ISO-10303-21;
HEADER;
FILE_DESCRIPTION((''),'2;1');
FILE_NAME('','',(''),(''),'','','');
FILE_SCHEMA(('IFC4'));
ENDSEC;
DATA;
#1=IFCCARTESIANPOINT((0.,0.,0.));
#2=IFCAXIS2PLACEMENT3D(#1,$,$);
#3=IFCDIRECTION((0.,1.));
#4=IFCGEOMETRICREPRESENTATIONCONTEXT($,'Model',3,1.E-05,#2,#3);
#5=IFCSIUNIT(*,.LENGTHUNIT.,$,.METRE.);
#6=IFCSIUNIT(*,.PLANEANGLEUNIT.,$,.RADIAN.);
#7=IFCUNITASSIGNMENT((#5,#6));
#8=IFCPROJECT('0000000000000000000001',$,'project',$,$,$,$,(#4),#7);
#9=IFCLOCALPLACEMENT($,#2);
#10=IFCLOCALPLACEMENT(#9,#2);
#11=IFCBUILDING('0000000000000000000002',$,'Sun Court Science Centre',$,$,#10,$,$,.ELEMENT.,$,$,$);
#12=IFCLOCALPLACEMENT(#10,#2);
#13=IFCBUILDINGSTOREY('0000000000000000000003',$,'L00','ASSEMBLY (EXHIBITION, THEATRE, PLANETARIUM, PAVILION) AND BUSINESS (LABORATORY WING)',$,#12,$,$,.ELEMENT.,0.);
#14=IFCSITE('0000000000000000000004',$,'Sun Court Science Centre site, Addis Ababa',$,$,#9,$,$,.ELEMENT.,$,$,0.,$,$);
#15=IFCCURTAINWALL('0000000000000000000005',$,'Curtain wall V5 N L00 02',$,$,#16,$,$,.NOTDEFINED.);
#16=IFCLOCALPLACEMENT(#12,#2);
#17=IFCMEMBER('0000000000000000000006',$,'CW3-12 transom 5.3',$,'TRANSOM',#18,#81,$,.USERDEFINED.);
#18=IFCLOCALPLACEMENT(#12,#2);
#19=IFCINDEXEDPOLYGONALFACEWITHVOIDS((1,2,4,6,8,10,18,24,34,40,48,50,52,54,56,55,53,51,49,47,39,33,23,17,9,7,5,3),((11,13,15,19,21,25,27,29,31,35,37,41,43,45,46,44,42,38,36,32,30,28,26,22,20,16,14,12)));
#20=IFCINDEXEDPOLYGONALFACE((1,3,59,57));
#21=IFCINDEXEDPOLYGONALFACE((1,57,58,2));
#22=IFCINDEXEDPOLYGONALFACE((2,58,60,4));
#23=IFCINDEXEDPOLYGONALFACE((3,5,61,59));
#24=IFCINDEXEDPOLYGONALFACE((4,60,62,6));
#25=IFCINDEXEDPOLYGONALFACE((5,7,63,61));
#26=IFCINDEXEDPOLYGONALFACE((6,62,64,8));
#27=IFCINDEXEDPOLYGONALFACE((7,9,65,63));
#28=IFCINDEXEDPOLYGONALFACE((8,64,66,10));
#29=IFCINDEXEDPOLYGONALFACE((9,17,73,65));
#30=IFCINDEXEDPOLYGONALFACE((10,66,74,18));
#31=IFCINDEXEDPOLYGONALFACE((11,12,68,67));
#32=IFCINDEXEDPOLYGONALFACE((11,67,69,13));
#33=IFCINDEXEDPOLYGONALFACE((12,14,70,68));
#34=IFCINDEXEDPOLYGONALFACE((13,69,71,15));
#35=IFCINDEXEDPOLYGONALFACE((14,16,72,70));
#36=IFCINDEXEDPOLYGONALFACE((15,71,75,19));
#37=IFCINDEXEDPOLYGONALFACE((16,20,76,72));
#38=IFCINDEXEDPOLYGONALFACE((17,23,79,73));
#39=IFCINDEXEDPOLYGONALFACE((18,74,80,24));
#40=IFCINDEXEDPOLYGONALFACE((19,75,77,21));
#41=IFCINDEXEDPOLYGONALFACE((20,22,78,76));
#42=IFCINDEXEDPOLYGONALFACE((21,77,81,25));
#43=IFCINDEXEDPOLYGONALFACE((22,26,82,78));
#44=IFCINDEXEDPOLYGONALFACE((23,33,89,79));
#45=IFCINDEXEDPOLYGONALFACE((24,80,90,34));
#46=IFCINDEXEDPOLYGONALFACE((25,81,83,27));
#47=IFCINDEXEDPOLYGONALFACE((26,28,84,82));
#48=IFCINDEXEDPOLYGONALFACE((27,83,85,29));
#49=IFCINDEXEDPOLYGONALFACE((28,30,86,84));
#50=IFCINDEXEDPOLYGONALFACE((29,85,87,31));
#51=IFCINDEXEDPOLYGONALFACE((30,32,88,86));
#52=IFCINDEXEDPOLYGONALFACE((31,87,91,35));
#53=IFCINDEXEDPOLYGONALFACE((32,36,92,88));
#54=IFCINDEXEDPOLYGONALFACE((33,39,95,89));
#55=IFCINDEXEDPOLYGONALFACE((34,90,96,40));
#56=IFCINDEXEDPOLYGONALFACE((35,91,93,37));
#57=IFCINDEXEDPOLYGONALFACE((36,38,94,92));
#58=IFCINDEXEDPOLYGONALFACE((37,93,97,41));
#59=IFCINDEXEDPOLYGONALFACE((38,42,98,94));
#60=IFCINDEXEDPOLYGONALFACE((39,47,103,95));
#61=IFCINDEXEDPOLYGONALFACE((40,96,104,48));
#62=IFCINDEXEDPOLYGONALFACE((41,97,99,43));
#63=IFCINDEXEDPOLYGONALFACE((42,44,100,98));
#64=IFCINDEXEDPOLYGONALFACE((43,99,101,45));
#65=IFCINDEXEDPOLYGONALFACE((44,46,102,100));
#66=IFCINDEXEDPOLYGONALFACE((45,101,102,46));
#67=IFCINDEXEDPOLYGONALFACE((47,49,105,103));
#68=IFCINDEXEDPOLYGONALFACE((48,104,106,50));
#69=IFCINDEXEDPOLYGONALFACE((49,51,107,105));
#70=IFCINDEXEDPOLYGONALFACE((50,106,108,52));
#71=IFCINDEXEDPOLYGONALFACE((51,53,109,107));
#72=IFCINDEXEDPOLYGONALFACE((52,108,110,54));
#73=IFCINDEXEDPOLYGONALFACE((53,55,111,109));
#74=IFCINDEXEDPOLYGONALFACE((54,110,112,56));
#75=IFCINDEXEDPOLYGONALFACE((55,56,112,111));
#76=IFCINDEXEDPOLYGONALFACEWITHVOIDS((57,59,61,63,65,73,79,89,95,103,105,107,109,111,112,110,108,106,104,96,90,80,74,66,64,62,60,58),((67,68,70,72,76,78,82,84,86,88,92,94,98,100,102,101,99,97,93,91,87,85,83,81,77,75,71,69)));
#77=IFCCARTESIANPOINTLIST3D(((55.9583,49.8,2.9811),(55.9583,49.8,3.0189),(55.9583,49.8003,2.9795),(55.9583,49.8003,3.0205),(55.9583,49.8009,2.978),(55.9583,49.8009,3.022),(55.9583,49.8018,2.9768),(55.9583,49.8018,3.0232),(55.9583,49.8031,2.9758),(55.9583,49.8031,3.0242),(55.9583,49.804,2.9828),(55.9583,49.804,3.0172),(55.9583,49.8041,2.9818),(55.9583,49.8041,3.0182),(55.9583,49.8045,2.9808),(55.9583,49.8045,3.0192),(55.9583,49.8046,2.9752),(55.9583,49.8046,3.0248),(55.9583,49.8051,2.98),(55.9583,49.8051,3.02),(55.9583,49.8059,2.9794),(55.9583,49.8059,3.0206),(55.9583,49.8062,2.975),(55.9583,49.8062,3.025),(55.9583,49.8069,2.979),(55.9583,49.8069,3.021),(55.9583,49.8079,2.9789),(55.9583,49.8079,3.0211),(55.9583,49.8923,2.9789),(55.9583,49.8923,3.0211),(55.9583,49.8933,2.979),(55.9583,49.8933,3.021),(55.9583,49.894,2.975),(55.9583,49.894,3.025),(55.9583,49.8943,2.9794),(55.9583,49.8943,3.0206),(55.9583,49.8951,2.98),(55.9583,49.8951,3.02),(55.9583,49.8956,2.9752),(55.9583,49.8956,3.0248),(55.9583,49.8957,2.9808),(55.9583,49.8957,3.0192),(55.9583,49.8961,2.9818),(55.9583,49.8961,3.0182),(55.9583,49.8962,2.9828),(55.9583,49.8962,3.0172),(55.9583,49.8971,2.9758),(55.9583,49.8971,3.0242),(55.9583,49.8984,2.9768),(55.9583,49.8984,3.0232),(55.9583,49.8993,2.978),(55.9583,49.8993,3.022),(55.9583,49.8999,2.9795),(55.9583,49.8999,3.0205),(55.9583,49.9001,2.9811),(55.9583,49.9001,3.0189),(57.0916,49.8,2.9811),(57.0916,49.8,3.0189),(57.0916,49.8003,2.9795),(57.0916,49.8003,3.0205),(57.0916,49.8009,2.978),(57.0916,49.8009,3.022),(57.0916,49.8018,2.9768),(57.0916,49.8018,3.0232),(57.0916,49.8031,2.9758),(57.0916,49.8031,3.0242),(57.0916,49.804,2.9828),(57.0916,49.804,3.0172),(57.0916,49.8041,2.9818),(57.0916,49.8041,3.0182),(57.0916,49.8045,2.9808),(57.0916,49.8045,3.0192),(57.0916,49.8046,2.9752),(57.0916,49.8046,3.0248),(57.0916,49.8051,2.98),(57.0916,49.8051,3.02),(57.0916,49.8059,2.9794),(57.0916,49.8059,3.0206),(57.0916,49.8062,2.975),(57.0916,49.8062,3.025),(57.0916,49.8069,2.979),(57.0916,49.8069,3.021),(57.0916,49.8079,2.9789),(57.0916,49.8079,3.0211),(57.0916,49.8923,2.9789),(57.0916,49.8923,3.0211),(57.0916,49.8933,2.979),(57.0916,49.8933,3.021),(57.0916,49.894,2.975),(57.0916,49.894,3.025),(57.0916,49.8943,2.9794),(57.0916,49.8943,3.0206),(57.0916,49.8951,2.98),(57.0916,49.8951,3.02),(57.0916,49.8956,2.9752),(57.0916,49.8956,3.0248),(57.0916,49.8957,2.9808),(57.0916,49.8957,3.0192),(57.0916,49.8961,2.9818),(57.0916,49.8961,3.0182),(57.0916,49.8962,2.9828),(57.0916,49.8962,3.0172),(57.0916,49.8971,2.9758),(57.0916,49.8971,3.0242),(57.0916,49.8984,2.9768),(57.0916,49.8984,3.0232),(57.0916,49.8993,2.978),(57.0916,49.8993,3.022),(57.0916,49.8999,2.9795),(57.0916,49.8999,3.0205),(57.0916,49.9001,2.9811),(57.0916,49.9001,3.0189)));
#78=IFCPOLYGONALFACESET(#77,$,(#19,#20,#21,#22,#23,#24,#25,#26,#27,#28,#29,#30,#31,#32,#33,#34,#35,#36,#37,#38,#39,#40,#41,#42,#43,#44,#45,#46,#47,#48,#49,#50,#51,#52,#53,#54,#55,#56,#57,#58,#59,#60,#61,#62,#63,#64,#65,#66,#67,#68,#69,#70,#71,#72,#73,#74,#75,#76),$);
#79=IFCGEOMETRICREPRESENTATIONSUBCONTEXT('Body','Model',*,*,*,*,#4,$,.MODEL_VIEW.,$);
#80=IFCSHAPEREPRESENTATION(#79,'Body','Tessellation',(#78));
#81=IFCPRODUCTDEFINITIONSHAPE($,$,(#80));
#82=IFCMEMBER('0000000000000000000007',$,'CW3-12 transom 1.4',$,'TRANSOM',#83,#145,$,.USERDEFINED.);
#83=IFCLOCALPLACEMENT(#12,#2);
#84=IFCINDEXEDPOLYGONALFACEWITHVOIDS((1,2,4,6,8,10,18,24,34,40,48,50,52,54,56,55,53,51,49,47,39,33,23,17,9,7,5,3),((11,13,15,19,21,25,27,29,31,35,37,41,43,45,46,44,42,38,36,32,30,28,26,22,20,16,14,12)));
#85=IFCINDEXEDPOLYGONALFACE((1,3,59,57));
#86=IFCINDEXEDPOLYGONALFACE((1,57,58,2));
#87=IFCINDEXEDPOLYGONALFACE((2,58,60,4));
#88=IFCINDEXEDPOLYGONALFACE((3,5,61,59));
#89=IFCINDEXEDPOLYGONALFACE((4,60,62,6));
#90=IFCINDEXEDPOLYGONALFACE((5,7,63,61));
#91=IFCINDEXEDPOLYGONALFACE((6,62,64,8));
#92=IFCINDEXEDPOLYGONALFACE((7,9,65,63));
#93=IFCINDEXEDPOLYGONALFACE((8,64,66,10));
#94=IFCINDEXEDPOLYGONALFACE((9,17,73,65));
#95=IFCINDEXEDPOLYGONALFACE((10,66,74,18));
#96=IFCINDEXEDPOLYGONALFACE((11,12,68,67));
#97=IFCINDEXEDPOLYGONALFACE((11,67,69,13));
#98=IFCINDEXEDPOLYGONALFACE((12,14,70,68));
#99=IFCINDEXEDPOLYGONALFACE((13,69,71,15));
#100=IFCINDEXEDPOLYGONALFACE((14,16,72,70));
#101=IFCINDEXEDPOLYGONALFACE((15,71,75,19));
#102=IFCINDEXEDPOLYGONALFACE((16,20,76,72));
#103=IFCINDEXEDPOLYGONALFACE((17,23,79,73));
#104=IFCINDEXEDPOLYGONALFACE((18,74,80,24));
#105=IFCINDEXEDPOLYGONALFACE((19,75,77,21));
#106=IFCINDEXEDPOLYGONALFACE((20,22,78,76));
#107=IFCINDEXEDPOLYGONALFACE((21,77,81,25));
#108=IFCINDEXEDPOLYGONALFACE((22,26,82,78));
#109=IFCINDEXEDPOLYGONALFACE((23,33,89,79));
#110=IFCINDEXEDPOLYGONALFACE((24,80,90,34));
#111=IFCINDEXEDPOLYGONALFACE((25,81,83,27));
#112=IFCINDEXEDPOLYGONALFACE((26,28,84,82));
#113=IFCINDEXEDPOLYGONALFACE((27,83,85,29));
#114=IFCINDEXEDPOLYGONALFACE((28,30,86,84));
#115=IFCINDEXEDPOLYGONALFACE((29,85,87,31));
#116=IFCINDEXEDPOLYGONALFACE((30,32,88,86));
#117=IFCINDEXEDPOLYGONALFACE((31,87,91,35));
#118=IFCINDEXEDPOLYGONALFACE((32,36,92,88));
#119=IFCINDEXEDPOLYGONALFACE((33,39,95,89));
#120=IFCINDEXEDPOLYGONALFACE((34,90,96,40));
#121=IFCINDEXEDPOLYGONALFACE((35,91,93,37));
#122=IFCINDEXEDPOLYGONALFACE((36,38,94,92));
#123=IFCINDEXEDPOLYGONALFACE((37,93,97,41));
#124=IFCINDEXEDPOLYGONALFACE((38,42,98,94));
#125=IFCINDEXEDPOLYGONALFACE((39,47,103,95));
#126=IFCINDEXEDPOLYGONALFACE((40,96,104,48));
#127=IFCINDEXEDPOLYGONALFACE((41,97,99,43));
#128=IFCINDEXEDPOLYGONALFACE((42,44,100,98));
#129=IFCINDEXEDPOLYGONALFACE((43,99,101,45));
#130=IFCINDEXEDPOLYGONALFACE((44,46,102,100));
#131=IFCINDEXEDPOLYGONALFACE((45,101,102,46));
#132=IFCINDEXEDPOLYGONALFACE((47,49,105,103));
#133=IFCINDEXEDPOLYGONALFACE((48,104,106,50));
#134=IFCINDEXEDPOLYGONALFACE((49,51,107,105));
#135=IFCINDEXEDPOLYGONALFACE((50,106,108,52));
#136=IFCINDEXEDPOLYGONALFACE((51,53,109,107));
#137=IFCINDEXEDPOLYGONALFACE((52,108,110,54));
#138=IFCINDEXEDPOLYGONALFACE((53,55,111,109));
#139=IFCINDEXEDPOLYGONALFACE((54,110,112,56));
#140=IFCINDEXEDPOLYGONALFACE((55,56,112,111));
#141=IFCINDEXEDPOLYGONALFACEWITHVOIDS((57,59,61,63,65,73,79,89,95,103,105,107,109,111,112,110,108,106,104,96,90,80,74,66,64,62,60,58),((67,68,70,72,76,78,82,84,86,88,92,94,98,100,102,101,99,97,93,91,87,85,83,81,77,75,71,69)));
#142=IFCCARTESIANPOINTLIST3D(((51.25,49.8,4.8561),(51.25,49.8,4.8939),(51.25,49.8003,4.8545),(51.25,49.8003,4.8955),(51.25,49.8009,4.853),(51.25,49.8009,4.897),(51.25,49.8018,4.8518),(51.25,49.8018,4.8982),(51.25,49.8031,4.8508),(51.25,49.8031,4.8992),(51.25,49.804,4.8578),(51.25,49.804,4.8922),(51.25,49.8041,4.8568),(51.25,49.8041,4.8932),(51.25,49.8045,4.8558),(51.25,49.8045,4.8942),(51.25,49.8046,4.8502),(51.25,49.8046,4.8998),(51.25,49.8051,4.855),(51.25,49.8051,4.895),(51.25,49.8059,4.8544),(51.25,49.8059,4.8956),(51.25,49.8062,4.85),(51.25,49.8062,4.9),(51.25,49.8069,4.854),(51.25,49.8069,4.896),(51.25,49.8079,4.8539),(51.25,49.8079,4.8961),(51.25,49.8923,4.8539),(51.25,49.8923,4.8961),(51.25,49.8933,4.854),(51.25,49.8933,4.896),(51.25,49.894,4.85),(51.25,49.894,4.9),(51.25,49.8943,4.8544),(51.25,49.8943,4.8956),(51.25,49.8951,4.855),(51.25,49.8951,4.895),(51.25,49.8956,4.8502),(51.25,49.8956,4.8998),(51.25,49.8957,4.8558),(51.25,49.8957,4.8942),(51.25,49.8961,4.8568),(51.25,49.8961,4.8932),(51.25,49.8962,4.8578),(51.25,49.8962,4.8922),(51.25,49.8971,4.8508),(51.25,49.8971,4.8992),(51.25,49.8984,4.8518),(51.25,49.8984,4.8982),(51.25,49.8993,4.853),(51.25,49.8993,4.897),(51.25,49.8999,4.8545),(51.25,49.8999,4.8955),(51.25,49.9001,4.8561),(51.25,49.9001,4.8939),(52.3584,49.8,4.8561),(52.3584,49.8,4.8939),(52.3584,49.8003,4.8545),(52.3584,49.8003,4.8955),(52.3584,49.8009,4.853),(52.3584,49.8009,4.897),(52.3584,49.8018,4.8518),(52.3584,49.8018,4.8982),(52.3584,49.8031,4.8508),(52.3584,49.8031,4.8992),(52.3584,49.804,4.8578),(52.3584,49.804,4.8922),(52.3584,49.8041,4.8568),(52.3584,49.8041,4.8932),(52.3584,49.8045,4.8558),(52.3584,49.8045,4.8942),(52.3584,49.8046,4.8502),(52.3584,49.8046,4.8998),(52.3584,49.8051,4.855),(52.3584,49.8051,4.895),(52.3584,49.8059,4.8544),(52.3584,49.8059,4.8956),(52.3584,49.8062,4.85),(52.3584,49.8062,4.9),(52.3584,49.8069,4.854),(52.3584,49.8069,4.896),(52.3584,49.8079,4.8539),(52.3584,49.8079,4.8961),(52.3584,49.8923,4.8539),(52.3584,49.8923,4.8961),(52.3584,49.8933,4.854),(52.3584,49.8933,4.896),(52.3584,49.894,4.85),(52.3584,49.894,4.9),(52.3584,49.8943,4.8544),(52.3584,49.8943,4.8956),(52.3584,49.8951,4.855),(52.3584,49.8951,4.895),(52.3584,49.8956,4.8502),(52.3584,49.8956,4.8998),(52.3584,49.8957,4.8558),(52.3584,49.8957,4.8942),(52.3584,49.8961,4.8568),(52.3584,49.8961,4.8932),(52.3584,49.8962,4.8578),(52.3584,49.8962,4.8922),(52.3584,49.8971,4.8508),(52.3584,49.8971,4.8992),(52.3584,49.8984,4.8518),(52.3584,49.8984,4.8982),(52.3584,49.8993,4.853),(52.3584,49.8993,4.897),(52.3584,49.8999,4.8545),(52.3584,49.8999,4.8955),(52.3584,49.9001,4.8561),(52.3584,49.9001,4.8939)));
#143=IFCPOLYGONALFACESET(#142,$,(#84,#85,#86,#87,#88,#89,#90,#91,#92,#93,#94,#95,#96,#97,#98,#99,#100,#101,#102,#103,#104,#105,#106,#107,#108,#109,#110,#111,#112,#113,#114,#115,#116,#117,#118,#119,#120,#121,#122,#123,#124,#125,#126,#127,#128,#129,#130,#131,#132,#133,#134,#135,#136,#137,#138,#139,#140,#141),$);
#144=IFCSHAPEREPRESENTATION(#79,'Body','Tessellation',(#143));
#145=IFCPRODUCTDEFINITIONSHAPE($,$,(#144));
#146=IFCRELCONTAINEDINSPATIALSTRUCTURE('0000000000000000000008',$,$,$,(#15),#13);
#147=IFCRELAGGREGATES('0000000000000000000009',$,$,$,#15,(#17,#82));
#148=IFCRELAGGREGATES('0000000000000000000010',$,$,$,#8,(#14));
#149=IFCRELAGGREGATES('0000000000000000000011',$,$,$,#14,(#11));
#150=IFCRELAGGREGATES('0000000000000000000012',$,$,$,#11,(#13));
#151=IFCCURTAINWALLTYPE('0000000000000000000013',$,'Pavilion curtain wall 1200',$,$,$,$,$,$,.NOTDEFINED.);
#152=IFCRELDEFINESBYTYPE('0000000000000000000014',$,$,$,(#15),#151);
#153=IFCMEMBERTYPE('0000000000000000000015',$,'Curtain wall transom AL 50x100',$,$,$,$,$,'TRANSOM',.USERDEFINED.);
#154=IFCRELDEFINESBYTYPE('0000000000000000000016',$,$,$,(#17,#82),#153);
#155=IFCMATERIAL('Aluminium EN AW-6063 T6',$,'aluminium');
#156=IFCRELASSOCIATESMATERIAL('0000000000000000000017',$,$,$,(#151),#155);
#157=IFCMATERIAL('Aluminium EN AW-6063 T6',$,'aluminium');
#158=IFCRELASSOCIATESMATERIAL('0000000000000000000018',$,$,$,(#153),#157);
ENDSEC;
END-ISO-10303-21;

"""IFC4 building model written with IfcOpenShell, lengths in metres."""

from ifc_helpers import new_model, si_unit, direction, frame, origin, origin_2d, place, context, subcontext, project, spatial, hollow_rectangle, extrude, material, material_profile, profile_set, type_object, element, aggregate, save


model = new_model("IFC4")

# Units and contexts
model_context = context("Model", 3, precision=1e-05, world=origin(), true_north=direction((0.0, 1.0)))
body_context = subcontext(model_context, "Body", "Model", "MODEL_VIEW")
ifc_project = project(units=[si_unit("LENGTHUNIT", "METRE"), si_unit("PLANEANGLEUNIT", "RADIAN")], contexts=[model_context])

# Site, building, storey
site_placement = place(None, origin())
site = spatial("IfcSite", under=ifc_project, at=site_placement, Name="Sun Court Science Centre site, Addis Ababa", CompositionType="ELEMENT", RefElevation=0.0)
building_placement = place(site_placement, origin())
building = spatial("IfcBuilding", under=site, at=building_placement, Name="Sun Court Science Centre", CompositionType="ELEMENT")
storey_placement = place(building_placement, origin())
storey = spatial("IfcBuildingStorey", under=building, at=storey_placement, Name="L00", Description="ASSEMBLY (EXHIBITION, THEATRE, PLANETARIUM, PAVILION) AND BUSINESS (LABORATORY WING)", CompositionType="ELEMENT", Elevation=0.0)

# Curtain wall, members
ifc_material_1 = material(Name="Aluminium EN AW-6063 T6", Category="aluminium")
curtain_wall_type = type_object("IfcCurtainWallType", Name="Pavilion curtain wall 1200", PredefinedType="NOTDEFINED", material=ifc_material_1)
curtain_wall_placement = place(storey_placement, origin())
curtain_wall = element("IfcCurtainWall", 1, at=curtain_wall_placement, inside=storey, type_object=curtain_wall_type, Name="Curtain wall V5 N L00 02", PredefinedType="NOTDEFINED")
ifc_material_2 = material(Name="Aluminium EN AW-6063 T6", Category="aluminium")
ifc_material_profile_1 = material_profile(ifc_material_2, hollow_rectangle(XDim=0.05, YDim=0.1001, WallThickness=0.0039, InnerFilletRadius=0.0039, OuterFilletRadius=0.0061, at=origin_2d()), Name="AL 50x100x4")
ifc_profile_set_1 = profile_set([ifc_material_profile_1], Name="Aluminium EN AW-6063 T6")
member_type_1 = type_object("IfcMemberType", Name="Curtain wall transom AL 50x100", ElementType="TRANSOM", PredefinedType="USERDEFINED", material=ifc_profile_set_1)
member_1_placement = place(storey_placement, frame((55.9583, 49.8501, 3.0), z_axis=(1.0, 0.0, 0.0), x_axis=(0.0, 0.0, 1.0)))
member_1 = element("IfcMember", 2, at=member_1_placement, type_object=member_type_1, Name="CW3-12 transom 5.3", ObjectType="TRANSOM", PredefinedType="USERDEFINED", context=body_context, shape_type="SweptSolid", body=[
    extrude(hollow_rectangle(XDim=0.05, YDim=0.1001, WallThickness=0.0039, InnerFilletRadius=0.0039, OuterFilletRadius=0.0061, at=origin_2d()), origin(), (0.0, 0.0, 1.0), 1.1333),
])
member_2_placement = place(storey_placement, frame((51.25, 49.8501, 4.875), z_axis=(1.0, 0.0, 0.0), x_axis=(0.0, 0.0, 1.0)))
member_2 = element("IfcMember", 3, at=member_2_placement, type_object=member_type_1, Name="CW3-12 transom 1.4", ObjectType="TRANSOM", PredefinedType="USERDEFINED", context=body_context, shape_type="SweptSolid", body=[
    extrude(hollow_rectangle(XDim=0.05, YDim=0.1001, WallThickness=0.0039, InnerFilletRadius=0.0039, OuterFilletRadius=0.0061, at=origin_2d()), origin(), (0.0, 0.0, 1.0), 1.1084),
])
aggregate(curtain_wall, [member_1, member_2])

save(model, "model.ifc")
